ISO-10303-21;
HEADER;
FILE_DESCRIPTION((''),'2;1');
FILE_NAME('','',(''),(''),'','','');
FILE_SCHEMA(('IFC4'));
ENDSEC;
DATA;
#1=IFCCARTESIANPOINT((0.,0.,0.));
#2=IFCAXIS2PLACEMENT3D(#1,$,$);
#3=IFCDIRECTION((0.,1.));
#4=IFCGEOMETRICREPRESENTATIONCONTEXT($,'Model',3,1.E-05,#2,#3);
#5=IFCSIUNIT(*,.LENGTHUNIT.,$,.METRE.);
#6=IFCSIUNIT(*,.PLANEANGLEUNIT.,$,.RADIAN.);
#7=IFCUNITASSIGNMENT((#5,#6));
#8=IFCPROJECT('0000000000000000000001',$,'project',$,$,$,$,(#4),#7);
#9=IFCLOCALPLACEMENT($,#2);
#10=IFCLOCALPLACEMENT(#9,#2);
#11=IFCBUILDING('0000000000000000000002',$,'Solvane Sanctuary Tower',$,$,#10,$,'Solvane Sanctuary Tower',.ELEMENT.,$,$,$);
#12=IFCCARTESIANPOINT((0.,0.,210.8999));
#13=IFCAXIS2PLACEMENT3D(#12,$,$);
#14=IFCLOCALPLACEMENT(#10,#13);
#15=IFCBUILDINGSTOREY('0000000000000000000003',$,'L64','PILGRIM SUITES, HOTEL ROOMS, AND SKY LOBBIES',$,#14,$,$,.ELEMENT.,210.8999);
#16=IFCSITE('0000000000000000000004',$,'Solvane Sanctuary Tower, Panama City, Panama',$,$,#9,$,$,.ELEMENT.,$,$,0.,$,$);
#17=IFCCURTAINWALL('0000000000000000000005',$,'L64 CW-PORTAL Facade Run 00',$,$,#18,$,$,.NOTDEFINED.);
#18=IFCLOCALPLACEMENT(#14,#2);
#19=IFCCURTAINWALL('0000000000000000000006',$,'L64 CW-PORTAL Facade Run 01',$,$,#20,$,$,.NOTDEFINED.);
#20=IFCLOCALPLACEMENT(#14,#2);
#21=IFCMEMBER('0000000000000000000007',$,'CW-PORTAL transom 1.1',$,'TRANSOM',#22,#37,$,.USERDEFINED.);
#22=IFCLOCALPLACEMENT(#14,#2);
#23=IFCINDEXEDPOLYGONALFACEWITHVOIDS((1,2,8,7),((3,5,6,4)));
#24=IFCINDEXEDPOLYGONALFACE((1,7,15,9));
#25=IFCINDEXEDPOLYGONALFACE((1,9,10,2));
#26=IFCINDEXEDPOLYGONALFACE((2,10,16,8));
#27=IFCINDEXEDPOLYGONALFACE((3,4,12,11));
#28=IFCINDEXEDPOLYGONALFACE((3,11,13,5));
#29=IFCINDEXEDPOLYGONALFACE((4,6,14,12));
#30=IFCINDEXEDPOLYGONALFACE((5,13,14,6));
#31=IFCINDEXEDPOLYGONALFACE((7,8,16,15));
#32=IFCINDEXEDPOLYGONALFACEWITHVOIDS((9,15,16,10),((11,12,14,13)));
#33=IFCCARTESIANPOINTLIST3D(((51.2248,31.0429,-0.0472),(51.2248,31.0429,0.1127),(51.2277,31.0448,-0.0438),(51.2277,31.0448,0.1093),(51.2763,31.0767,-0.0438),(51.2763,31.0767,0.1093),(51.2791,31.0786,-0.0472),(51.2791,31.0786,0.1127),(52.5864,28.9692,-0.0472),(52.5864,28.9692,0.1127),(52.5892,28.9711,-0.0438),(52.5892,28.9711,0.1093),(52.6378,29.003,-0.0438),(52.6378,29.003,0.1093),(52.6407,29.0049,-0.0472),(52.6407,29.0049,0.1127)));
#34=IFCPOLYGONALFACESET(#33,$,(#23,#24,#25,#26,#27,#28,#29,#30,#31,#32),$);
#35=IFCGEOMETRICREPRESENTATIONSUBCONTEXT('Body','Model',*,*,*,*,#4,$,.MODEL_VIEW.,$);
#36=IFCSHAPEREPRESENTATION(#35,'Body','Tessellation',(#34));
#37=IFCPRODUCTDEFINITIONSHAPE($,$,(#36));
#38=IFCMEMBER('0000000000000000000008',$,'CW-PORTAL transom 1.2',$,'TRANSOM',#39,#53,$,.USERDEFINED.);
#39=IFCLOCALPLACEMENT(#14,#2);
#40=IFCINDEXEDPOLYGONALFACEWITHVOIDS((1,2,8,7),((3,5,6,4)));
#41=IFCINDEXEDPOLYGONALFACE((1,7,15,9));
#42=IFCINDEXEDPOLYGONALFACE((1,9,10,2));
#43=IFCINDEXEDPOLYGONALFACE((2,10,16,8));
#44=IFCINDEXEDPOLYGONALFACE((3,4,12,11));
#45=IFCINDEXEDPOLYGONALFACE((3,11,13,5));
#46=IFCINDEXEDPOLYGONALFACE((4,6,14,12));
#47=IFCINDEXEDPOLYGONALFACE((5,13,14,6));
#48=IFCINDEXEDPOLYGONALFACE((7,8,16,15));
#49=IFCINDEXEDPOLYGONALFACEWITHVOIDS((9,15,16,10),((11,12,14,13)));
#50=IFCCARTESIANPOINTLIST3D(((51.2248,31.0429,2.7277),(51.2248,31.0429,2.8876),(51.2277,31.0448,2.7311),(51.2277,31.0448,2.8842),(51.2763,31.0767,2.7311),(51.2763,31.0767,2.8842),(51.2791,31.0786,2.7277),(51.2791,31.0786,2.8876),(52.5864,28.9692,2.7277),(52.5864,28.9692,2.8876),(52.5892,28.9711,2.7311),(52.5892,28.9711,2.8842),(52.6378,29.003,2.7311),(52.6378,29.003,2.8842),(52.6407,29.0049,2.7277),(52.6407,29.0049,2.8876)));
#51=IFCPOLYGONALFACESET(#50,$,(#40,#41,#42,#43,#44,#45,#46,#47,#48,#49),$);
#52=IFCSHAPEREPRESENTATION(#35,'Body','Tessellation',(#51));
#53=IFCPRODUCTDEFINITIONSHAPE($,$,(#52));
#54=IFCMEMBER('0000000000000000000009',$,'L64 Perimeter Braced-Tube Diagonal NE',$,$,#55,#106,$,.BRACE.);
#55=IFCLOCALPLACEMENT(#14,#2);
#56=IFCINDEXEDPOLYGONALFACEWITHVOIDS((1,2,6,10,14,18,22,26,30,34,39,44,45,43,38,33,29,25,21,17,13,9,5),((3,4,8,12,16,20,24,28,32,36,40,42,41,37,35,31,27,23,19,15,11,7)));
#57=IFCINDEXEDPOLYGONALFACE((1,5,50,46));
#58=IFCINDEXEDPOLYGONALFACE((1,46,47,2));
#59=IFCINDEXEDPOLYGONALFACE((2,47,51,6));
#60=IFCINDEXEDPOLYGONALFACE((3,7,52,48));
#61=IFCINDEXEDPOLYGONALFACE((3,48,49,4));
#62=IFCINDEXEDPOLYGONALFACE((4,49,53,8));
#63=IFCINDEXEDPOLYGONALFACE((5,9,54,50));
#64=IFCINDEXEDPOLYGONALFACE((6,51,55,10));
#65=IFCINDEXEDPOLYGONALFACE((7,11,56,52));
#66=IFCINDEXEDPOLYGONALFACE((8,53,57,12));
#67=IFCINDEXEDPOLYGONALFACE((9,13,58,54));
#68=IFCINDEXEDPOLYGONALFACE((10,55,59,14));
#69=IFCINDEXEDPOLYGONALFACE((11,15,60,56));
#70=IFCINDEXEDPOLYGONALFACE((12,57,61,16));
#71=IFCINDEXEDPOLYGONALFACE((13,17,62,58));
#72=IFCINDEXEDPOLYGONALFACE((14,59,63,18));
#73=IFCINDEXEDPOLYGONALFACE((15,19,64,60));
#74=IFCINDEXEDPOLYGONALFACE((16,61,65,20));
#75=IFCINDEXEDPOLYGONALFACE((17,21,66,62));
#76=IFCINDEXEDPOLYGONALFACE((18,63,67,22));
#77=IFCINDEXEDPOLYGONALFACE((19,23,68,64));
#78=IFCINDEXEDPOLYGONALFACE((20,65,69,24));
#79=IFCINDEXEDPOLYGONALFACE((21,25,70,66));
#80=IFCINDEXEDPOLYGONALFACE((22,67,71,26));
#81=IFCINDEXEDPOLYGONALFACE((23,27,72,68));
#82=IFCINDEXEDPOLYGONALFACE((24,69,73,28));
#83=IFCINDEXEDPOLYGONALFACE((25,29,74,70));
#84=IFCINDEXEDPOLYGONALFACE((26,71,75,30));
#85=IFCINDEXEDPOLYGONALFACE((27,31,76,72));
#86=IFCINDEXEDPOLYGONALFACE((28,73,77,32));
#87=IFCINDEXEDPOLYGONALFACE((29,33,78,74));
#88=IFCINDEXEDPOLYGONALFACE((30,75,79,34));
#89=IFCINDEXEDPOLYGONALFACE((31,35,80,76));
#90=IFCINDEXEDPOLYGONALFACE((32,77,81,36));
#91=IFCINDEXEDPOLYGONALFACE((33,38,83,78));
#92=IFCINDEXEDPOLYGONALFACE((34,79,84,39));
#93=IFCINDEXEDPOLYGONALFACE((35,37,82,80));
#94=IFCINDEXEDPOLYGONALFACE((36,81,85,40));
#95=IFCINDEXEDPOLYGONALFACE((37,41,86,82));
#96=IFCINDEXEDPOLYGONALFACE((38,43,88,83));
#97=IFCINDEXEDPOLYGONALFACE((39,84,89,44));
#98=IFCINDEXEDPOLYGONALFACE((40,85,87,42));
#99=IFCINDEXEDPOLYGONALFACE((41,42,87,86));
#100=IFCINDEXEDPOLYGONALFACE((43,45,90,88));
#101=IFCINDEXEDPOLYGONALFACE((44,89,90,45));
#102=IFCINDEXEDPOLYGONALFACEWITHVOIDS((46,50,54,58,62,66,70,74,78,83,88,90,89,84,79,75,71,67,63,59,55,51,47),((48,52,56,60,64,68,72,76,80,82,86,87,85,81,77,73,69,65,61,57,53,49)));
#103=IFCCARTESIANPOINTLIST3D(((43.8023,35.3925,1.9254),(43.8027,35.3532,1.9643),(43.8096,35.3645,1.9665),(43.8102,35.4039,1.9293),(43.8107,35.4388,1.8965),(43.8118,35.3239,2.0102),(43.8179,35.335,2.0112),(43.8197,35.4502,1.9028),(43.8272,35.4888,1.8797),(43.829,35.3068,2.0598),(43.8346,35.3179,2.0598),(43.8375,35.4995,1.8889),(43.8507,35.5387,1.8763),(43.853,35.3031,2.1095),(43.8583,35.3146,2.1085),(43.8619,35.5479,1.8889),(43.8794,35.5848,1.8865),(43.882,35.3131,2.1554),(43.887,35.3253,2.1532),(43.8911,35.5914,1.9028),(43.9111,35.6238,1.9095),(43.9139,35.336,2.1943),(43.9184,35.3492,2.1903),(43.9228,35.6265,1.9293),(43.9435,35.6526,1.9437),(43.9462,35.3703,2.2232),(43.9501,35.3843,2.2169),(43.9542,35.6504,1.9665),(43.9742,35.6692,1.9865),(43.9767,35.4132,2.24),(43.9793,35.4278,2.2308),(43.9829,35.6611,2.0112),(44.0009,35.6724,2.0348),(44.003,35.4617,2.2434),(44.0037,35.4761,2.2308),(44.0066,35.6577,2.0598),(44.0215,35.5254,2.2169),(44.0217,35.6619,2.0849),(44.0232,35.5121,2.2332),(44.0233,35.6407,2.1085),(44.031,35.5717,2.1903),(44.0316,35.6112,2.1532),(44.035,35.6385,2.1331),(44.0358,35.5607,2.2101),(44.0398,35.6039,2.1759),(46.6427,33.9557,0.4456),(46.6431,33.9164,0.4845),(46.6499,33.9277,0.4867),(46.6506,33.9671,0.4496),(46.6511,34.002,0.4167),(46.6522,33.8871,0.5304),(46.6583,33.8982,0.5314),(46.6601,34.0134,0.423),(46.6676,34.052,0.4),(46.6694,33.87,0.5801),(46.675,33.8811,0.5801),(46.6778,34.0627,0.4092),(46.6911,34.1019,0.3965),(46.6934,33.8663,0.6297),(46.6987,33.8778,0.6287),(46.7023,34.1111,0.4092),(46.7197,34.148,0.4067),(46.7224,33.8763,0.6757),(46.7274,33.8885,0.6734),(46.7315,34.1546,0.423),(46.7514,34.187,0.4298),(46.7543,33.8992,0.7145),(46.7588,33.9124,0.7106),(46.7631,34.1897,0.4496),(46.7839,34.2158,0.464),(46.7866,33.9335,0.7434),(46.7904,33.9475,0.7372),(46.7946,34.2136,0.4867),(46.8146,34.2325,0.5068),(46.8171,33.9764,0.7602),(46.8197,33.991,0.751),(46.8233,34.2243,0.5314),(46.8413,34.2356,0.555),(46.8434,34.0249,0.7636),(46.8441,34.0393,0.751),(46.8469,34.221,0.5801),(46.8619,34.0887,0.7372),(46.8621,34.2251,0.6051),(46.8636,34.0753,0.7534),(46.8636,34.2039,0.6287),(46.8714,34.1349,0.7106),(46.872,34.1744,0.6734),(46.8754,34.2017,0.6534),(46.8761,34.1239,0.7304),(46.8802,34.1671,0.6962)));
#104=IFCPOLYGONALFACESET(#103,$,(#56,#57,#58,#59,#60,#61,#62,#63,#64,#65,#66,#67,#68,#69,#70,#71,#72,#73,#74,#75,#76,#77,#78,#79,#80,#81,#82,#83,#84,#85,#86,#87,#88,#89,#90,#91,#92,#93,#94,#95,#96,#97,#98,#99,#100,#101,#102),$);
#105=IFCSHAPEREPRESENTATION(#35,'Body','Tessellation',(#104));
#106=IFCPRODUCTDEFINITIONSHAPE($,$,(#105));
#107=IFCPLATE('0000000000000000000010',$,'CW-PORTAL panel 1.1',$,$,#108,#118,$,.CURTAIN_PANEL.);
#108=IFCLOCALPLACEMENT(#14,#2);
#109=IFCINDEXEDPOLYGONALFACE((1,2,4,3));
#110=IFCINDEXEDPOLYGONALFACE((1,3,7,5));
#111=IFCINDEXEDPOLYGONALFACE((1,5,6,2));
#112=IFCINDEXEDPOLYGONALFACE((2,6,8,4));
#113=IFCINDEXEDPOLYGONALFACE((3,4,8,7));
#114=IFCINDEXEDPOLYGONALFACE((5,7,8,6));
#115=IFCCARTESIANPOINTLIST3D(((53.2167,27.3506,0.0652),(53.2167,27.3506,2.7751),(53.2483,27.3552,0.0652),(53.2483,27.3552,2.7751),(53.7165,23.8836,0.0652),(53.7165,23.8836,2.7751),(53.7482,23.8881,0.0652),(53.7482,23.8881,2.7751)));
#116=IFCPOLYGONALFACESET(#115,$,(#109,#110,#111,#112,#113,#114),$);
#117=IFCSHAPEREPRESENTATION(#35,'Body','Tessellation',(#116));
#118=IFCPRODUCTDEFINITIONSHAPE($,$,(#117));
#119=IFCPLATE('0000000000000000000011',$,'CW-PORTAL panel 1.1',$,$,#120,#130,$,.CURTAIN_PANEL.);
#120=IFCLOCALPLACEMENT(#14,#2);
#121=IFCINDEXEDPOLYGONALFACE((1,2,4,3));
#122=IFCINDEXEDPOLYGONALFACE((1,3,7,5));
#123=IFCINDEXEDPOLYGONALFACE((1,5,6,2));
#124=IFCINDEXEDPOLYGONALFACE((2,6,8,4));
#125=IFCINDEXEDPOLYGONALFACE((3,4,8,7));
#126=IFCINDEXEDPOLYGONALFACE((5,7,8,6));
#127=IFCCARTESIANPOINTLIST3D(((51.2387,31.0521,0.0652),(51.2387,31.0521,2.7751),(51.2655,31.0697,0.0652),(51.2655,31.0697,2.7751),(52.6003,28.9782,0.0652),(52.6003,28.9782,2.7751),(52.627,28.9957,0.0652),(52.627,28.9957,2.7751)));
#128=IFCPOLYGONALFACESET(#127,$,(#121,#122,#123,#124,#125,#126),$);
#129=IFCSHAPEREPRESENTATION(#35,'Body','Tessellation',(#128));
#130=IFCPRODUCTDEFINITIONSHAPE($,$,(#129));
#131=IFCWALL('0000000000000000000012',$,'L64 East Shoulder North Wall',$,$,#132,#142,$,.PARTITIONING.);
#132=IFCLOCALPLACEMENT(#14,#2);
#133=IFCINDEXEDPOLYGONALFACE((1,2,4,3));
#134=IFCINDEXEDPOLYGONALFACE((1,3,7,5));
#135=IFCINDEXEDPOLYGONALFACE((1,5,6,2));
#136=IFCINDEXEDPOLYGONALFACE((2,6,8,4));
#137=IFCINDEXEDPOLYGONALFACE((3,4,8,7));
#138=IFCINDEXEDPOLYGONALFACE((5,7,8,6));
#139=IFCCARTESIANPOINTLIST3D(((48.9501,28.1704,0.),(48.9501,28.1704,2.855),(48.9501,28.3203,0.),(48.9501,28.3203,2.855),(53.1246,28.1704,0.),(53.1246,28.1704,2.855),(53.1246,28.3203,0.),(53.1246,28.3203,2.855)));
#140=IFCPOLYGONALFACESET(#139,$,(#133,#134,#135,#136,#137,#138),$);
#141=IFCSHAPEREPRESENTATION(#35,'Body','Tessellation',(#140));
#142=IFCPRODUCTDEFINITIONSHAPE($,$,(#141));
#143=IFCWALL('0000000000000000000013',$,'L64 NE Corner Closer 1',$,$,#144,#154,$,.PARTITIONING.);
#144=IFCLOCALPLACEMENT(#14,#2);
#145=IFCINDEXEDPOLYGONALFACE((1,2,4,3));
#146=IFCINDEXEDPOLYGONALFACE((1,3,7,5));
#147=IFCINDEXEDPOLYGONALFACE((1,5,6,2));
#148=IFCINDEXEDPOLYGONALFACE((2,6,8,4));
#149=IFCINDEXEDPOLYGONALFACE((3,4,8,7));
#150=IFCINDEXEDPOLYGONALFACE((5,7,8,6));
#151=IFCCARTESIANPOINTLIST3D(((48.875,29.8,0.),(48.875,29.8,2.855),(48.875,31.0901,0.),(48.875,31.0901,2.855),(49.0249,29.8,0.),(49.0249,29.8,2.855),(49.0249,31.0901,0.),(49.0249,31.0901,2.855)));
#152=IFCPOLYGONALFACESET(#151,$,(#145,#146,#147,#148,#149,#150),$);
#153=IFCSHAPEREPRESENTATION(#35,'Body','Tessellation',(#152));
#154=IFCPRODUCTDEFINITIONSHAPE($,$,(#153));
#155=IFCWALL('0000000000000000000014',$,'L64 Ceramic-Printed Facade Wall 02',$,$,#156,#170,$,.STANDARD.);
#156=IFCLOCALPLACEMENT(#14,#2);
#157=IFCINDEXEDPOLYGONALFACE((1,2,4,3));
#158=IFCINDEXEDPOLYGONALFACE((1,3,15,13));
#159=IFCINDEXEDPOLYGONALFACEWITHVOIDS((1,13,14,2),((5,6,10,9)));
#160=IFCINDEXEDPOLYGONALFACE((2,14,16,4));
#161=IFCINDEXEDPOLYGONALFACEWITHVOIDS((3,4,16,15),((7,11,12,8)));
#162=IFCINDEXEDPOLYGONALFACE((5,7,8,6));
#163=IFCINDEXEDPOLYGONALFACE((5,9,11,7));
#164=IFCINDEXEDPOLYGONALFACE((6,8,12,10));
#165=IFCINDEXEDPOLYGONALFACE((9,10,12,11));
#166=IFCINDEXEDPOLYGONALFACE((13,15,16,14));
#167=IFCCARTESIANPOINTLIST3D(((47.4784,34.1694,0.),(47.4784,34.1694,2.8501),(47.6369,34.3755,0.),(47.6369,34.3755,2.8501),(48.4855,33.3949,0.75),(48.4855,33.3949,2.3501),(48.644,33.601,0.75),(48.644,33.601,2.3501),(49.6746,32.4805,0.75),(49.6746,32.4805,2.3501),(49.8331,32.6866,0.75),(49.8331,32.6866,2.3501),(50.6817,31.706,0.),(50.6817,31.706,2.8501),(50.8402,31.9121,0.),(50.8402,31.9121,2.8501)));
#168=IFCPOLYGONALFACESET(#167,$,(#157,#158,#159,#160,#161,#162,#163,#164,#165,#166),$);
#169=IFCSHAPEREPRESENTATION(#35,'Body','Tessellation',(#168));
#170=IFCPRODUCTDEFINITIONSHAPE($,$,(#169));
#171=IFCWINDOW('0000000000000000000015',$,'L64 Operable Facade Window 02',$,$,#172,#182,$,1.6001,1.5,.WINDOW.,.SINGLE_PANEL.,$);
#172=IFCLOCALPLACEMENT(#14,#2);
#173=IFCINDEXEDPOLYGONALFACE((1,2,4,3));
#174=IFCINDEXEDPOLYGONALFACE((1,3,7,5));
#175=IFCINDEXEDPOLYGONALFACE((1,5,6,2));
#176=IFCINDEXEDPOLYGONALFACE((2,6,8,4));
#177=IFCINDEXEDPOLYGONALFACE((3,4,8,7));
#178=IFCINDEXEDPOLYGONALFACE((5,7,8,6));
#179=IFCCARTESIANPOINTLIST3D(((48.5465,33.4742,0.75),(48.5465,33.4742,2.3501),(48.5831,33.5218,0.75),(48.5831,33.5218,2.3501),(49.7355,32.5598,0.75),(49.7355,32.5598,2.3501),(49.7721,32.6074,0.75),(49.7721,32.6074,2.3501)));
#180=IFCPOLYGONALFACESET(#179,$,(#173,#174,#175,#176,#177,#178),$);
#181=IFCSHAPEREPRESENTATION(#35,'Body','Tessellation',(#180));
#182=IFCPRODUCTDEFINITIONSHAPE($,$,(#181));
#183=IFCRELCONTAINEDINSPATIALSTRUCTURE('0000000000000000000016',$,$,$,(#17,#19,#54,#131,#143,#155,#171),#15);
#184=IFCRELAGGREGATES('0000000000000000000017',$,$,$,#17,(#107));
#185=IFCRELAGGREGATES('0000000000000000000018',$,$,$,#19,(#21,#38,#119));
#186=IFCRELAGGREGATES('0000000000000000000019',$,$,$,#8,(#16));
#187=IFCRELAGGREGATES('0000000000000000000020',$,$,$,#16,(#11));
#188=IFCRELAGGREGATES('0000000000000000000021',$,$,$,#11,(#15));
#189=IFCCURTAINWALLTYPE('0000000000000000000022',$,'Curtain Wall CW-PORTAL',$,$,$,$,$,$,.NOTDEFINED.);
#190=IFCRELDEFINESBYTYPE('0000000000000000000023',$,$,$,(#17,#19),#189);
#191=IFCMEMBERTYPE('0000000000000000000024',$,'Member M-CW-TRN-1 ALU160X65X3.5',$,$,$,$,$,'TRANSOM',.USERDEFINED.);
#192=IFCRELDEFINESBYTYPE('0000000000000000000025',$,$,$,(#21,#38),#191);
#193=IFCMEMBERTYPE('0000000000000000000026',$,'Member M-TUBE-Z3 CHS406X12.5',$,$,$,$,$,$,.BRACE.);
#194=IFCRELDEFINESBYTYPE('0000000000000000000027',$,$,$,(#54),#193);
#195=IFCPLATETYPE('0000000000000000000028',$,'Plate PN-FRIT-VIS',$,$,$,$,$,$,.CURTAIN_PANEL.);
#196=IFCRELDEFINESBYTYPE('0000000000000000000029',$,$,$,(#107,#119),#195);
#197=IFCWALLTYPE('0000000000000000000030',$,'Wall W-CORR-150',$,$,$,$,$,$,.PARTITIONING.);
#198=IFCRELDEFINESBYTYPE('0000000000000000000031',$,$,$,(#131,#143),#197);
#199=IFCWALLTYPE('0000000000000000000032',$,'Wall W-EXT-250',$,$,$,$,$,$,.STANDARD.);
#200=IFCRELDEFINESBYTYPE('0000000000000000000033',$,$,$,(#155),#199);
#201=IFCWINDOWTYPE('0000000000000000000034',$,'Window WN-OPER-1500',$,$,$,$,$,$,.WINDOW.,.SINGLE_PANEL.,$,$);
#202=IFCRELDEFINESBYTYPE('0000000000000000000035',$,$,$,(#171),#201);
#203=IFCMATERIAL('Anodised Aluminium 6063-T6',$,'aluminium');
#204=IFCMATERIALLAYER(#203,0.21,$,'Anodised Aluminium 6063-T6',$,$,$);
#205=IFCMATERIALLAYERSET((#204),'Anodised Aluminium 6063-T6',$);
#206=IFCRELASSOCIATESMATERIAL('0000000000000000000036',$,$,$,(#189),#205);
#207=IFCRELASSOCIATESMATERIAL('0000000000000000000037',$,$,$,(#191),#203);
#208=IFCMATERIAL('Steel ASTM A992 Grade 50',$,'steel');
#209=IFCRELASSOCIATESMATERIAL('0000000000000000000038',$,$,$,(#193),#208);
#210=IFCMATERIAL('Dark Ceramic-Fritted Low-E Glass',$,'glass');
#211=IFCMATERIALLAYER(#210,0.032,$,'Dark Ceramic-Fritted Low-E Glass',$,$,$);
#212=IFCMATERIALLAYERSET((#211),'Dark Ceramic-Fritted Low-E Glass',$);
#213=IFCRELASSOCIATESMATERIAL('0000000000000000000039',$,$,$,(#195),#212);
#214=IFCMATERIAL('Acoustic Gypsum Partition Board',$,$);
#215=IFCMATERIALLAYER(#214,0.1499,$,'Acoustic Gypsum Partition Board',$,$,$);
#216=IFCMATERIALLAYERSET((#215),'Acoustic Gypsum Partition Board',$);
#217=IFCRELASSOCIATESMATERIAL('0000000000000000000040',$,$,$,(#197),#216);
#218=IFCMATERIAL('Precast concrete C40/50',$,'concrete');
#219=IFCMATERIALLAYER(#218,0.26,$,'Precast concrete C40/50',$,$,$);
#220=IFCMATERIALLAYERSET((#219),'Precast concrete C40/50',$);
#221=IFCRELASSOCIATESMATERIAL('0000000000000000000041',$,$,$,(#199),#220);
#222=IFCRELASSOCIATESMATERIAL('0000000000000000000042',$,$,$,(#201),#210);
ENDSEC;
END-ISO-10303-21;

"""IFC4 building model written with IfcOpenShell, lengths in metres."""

from ifc_helpers import new_model, si_unit, direction, frame, frame_2d, origin, origin_2d, place, context, subcontext, project, spatial, rectangle, hollow_rectangle, hollow_circle, extrude, material, layer, layer_set, material_profile, profile_set, type_object, element, fill, aggregate, save


model = new_model("IFC4")

# Units and contexts
model_context = context("Model", 3, precision=1e-05, world=origin(), true_north=direction((0.0, 1.0)))
body_context = subcontext(model_context, "Body", "Model", "MODEL_VIEW")
ifc_project = project(units=[si_unit("LENGTHUNIT", "METRE"), si_unit("PLANEANGLEUNIT", "RADIAN")], contexts=[model_context])

# Site, building, storey
site_placement = place(None, origin())
site = spatial("IfcSite", under=ifc_project, at=site_placement, Name="Solvane Sanctuary Tower, Panama City, Panama", CompositionType="ELEMENT", RefElevation=0.0)
building_placement = place(site_placement, origin())
building = spatial("IfcBuilding", under=site, at=building_placement, Name="Solvane Sanctuary Tower", LongName="Solvane Sanctuary Tower", CompositionType="ELEMENT")
storey_placement = place(building_placement, frame((0.0, 0.0, 210.8999)))
storey = spatial("IfcBuildingStorey", under=building, at=storey_placement, Name="L64", Description="PILGRIM SUITES, HOTEL ROOMS, AND SKY LOBBIES", CompositionType="ELEMENT", Elevation=210.8999)

# Shared definitions
ifc_material_1 = material(Name="Steel ASTM A992 Grade 50", Category="steel")

# Curtain walls
ifc_material_2 = material(Name="Anodised Aluminium 6063-T6", Category="aluminium")
ifc_layer_1 = layer(ifc_material_2, 0.21, Name="Anodised Aluminium 6063-T6")
ifc_layer_set_1 = layer_set([ifc_layer_1], Name="Anodised Aluminium 6063-T6")
curtain_wall_type = type_object("IfcCurtainWallType", Name="Curtain Wall CW-PORTAL", PredefinedType="NOTDEFINED", material=ifc_layer_set_1)
curtain_wall_1_placement = place(storey_placement, origin())
curtain_wall_1 = element("IfcCurtainWall", 1, at=curtain_wall_1_placement, inside=storey, type_object=curtain_wall_type, Name="L64 CW-PORTAL Facade Run 00", PredefinedType="NOTDEFINED")
curtain_wall_2_placement = place(storey_placement, origin())
curtain_wall_2 = element("IfcCurtainWall", 2, at=curtain_wall_2_placement, inside=storey, type_object=curtain_wall_type, Name="L64 CW-PORTAL Facade Run 01", PredefinedType="NOTDEFINED")

# Members
ifc_material_profile_1 = material_profile(ifc_material_2, hollow_rectangle(XDim=0.0649, YDim=0.1599, WallThickness=0.0034, at=origin_2d()), Name="ALU160X65X3.5")
ifc_profile_set_1 = profile_set([ifc_material_profile_1], Name="Anodised Aluminium 6063-T6")
member_type_1 = type_object("IfcMemberType", Name="Member M-CW-TRN-1 ALU160X65X3.5", ElementType="TRANSOM", PredefinedType="USERDEFINED", material=ifc_profile_set_1)
member_1_placement = place(storey_placement, frame((52.6135, 28.9871, 0.0327), z_axis=(-0.54885, 0.835921, 0.0), x_axis=(-0.835921, -0.54885, 0.0)))
member_1 = element("IfcMember", 3, at=member_1_placement, type_object=member_type_1, Name="CW-PORTAL transom 1.1", ObjectType="TRANSOM", PredefinedType="USERDEFINED", context=body_context, shape_type="SweptSolid", body=[
    extrude(hollow_rectangle(XDim=0.0649, YDim=0.1599, WallThickness=0.0034, at=origin_2d()), origin(), (0.0, 0.0, 1.0), 2.4807),
])
member_2_placement = place(storey_placement, frame((52.6135, 28.9871, 2.8076), z_axis=(-0.54885, 0.835921, 0.0), x_axis=(-0.835921, -0.54885, 0.0)))
member_2 = element("IfcMember", 4, at=member_2_placement, type_object=member_type_1, Name="CW-PORTAL transom 1.2", ObjectType="TRANSOM", PredefinedType="USERDEFINED", context=body_context, shape_type="SweptSolid", body=[
    extrude(hollow_rectangle(XDim=0.0649, YDim=0.1599, WallThickness=0.0034, at=origin_2d()), origin(), (0.0, 0.0, 1.0), 2.4807),
])
ifc_material_profile_2 = material_profile(ifc_material_1, hollow_circle(Radius=0.2029, WallThickness=0.0125, at=origin_2d()), Name="CHS406X12.5")
ifc_profile_set_2 = profile_set([ifc_material_profile_2], Name="Steel ASTM A992 Grade 50")
member_type_2 = type_object("IfcMemberType", Name="Member M-TUBE-Z3 CHS406X12.5", PredefinedType="BRACE", material=ifc_profile_set_2)
member_3_placement = place(storey_placement, frame((46.761, 34.051, 0.5801), z_axis=(-0.809168, 0.409314, 0.421555), x_axis=(-0.451381, -0.892331, 0.0)))
element("IfcMember", 5, at=member_3_placement, inside=storey, type_object=member_type_2, Name="L64 Perimeter Braced-Tube Diagonal NE", PredefinedType="BRACE", context=body_context, shape_type="SweptSolid", body=[
    extrude(hollow_circle(Radius=0.2029, WallThickness=0.0125, at=origin_2d()), origin(), (0.0, 0.0, 1.0), 3.5103),
])

# Plates
ifc_material_3 = material(Name="Dark Ceramic-Fritted Low-E Glass", Category="glass")
ifc_layer_2 = layer(ifc_material_3, 0.032, Name="Dark Ceramic-Fritted Low-E Glass")
ifc_layer_set_2 = layer_set([ifc_layer_2], Name="Dark Ceramic-Fritted Low-E Glass")
plate_type = type_object("IfcPlateType", Name="Plate PN-FRIT-VIS", PredefinedType="CURTAIN_PANEL", material=ifc_layer_set_2)
plate_1_placement = place(storey_placement, frame((53.4824, 25.6194, 0.0652), z_axis=(0.0, 0.0, 1.0), x_axis=(-0.142705, 0.989765, 0.0)))
plate_1 = element("IfcPlate", 6, at=plate_1_placement, type_object=plate_type, Name="CW-PORTAL panel 1.1", PredefinedType="CURTAIN_PANEL", context=body_context, shape_type="SweptSolid", body=[
    extrude(rectangle(XDim=3.5029, YDim=0.032, at=origin_2d()), origin(), (0.0, 0.0, 1.0), 2.71),
])
aggregate(curtain_wall_1, [plate_1])
plate_2_placement = place(storey_placement, frame((51.9329, 30.0239, 0.0652), z_axis=(0.0, 0.0, 1.0), x_axis=(-0.548792, 0.835959, 0.0)))
plate_2 = element("IfcPlate", 7, at=plate_2_placement, type_object=plate_type, Name="CW-PORTAL panel 1.1", PredefinedType="CURTAIN_PANEL", context=body_context, shape_type="SweptSolid", body=[
    extrude(rectangle(XDim=2.481, YDim=0.032, at=origin_2d()), origin(), (0.0, 0.0, 1.0), 2.71),
])
aggregate(curtain_wall_2, [member_1, member_2, plate_2])

# Walls
ifc_material_4 = material(Name="Acoustic Gypsum Partition Board")
ifc_layer_3 = layer(ifc_material_4, 0.1499, Name="Acoustic Gypsum Partition Board")
ifc_layer_set_3 = layer_set([ifc_layer_3], Name="Acoustic Gypsum Partition Board")
wall_type_1 = type_object("IfcWallType", Name="Wall W-CORR-150", PredefinedType="PARTITIONING", material=ifc_layer_set_3)
wall_1_placement = place(storey_placement, frame((48.95, 28.2454, 0.0), z_axis=(0.0, 0.0, 1.0), x_axis=(1.0, 0.0, 0.0)))
element("IfcWall", 8, at=wall_1_placement, inside=storey, type_object=wall_type_1, Name="L64 East Shoulder North Wall", PredefinedType="PARTITIONING", context=body_context, shape_type="SweptSolid", body=[
    extrude(rectangle(XDim=4.1746, YDim=0.1499, at=frame_2d((2.0874, 0.0))), origin(), (0.0, 0.0, 1.0), 2.855),
])
wall_2_placement = place(storey_placement, frame((48.95, 29.8, 0.0), z_axis=(0.0, 0.0, 1.0), x_axis=(0.0, 1.0, 0.0)))
element("IfcWall", 9, at=wall_2_placement, inside=storey, type_object=wall_type_1, Name="L64 NE Corner Closer 1", PredefinedType="PARTITIONING", context=body_context, shape_type="SweptSolid", body=[
    extrude(rectangle(XDim=1.29, YDim=0.1499, at=frame_2d((0.645, 0.0))), origin(), (0.0, 0.0, 1.0), 2.855),
])

# Wall, opening, window
ifc_material_5 = material(Name="Precast concrete C40/50", Category="concrete")
ifc_layer_4 = layer(ifc_material_5, 0.26, Name="Precast concrete C40/50")
ifc_layer_set_4 = layer_set([ifc_layer_4], Name="Precast concrete C40/50")
wall_type_2 = type_object("IfcWallType", Name="Wall W-EXT-250", PredefinedType="STANDARD", material=ifc_layer_set_4)
wall_3_placement = place(storey_placement, frame((50.761, 31.8091, 0.0), z_axis=(0.0, 0.0, 1.0), x_axis=(-0.792714, 0.609594, 0.0)))
wall_3 = element("IfcWall", 10, at=wall_3_placement, inside=storey, type_object=wall_type_2, Name="L64 Ceramic-Printed Facade Wall 02", PredefinedType="STANDARD", context=body_context, shape_type="SweptSolid", body=[
    extrude(rectangle(XDim=4.041, YDim=0.26, at=frame_2d((2.0205, 0.0))), origin(), (0.0, 0.0, 1.0), 2.8501),
])
opening_placement = place(wall_3_placement, frame((1.2705, 0.0, 0.75)))
opening = element("IfcOpeningElement", 11, at=opening_placement, cuts=wall_3, PredefinedType="OPENING", context=body_context, shape_type="SweptSolid", body=[
    extrude(rectangle(XDim=1.5, YDim=1.6001, at=frame_2d((0.75, 0.8))), frame((0.0, 0.1399, 0.0), z_axis=(0.0, -1.0, 0.0), x_axis=(1.0, 0.0, 0.0)), (0.0, 0.0, 1.0), 0.28),
])
window_type = type_object("IfcWindowType", Name="Window WN-OPER-1500", PartitioningType="SINGLE_PANEL", PredefinedType="WINDOW", material=ifc_material_3)
window_placement = place(opening_placement, origin())
window = element("IfcWindow", 12, at=window_placement, inside=storey, type_object=window_type, Name="L64 Operable Facade Window 02", OverallHeight=1.6001, OverallWidth=1.5, PartitioningType="SINGLE_PANEL", PredefinedType="WINDOW", context=body_context, shape_type="SweptSolid", body=[
    extrude(rectangle(XDim=1.5, YDim=1.6001, at=frame_2d((0.75, 0.8))), frame((0.0, 0.03, 0.0), z_axis=(0.0, -1.0, 0.0), x_axis=(1.0, 0.0, 0.0)), (0.0, 0.0, 1.0), 0.0601),
])
fill(opening, window)

save(model, "model.ifc")
